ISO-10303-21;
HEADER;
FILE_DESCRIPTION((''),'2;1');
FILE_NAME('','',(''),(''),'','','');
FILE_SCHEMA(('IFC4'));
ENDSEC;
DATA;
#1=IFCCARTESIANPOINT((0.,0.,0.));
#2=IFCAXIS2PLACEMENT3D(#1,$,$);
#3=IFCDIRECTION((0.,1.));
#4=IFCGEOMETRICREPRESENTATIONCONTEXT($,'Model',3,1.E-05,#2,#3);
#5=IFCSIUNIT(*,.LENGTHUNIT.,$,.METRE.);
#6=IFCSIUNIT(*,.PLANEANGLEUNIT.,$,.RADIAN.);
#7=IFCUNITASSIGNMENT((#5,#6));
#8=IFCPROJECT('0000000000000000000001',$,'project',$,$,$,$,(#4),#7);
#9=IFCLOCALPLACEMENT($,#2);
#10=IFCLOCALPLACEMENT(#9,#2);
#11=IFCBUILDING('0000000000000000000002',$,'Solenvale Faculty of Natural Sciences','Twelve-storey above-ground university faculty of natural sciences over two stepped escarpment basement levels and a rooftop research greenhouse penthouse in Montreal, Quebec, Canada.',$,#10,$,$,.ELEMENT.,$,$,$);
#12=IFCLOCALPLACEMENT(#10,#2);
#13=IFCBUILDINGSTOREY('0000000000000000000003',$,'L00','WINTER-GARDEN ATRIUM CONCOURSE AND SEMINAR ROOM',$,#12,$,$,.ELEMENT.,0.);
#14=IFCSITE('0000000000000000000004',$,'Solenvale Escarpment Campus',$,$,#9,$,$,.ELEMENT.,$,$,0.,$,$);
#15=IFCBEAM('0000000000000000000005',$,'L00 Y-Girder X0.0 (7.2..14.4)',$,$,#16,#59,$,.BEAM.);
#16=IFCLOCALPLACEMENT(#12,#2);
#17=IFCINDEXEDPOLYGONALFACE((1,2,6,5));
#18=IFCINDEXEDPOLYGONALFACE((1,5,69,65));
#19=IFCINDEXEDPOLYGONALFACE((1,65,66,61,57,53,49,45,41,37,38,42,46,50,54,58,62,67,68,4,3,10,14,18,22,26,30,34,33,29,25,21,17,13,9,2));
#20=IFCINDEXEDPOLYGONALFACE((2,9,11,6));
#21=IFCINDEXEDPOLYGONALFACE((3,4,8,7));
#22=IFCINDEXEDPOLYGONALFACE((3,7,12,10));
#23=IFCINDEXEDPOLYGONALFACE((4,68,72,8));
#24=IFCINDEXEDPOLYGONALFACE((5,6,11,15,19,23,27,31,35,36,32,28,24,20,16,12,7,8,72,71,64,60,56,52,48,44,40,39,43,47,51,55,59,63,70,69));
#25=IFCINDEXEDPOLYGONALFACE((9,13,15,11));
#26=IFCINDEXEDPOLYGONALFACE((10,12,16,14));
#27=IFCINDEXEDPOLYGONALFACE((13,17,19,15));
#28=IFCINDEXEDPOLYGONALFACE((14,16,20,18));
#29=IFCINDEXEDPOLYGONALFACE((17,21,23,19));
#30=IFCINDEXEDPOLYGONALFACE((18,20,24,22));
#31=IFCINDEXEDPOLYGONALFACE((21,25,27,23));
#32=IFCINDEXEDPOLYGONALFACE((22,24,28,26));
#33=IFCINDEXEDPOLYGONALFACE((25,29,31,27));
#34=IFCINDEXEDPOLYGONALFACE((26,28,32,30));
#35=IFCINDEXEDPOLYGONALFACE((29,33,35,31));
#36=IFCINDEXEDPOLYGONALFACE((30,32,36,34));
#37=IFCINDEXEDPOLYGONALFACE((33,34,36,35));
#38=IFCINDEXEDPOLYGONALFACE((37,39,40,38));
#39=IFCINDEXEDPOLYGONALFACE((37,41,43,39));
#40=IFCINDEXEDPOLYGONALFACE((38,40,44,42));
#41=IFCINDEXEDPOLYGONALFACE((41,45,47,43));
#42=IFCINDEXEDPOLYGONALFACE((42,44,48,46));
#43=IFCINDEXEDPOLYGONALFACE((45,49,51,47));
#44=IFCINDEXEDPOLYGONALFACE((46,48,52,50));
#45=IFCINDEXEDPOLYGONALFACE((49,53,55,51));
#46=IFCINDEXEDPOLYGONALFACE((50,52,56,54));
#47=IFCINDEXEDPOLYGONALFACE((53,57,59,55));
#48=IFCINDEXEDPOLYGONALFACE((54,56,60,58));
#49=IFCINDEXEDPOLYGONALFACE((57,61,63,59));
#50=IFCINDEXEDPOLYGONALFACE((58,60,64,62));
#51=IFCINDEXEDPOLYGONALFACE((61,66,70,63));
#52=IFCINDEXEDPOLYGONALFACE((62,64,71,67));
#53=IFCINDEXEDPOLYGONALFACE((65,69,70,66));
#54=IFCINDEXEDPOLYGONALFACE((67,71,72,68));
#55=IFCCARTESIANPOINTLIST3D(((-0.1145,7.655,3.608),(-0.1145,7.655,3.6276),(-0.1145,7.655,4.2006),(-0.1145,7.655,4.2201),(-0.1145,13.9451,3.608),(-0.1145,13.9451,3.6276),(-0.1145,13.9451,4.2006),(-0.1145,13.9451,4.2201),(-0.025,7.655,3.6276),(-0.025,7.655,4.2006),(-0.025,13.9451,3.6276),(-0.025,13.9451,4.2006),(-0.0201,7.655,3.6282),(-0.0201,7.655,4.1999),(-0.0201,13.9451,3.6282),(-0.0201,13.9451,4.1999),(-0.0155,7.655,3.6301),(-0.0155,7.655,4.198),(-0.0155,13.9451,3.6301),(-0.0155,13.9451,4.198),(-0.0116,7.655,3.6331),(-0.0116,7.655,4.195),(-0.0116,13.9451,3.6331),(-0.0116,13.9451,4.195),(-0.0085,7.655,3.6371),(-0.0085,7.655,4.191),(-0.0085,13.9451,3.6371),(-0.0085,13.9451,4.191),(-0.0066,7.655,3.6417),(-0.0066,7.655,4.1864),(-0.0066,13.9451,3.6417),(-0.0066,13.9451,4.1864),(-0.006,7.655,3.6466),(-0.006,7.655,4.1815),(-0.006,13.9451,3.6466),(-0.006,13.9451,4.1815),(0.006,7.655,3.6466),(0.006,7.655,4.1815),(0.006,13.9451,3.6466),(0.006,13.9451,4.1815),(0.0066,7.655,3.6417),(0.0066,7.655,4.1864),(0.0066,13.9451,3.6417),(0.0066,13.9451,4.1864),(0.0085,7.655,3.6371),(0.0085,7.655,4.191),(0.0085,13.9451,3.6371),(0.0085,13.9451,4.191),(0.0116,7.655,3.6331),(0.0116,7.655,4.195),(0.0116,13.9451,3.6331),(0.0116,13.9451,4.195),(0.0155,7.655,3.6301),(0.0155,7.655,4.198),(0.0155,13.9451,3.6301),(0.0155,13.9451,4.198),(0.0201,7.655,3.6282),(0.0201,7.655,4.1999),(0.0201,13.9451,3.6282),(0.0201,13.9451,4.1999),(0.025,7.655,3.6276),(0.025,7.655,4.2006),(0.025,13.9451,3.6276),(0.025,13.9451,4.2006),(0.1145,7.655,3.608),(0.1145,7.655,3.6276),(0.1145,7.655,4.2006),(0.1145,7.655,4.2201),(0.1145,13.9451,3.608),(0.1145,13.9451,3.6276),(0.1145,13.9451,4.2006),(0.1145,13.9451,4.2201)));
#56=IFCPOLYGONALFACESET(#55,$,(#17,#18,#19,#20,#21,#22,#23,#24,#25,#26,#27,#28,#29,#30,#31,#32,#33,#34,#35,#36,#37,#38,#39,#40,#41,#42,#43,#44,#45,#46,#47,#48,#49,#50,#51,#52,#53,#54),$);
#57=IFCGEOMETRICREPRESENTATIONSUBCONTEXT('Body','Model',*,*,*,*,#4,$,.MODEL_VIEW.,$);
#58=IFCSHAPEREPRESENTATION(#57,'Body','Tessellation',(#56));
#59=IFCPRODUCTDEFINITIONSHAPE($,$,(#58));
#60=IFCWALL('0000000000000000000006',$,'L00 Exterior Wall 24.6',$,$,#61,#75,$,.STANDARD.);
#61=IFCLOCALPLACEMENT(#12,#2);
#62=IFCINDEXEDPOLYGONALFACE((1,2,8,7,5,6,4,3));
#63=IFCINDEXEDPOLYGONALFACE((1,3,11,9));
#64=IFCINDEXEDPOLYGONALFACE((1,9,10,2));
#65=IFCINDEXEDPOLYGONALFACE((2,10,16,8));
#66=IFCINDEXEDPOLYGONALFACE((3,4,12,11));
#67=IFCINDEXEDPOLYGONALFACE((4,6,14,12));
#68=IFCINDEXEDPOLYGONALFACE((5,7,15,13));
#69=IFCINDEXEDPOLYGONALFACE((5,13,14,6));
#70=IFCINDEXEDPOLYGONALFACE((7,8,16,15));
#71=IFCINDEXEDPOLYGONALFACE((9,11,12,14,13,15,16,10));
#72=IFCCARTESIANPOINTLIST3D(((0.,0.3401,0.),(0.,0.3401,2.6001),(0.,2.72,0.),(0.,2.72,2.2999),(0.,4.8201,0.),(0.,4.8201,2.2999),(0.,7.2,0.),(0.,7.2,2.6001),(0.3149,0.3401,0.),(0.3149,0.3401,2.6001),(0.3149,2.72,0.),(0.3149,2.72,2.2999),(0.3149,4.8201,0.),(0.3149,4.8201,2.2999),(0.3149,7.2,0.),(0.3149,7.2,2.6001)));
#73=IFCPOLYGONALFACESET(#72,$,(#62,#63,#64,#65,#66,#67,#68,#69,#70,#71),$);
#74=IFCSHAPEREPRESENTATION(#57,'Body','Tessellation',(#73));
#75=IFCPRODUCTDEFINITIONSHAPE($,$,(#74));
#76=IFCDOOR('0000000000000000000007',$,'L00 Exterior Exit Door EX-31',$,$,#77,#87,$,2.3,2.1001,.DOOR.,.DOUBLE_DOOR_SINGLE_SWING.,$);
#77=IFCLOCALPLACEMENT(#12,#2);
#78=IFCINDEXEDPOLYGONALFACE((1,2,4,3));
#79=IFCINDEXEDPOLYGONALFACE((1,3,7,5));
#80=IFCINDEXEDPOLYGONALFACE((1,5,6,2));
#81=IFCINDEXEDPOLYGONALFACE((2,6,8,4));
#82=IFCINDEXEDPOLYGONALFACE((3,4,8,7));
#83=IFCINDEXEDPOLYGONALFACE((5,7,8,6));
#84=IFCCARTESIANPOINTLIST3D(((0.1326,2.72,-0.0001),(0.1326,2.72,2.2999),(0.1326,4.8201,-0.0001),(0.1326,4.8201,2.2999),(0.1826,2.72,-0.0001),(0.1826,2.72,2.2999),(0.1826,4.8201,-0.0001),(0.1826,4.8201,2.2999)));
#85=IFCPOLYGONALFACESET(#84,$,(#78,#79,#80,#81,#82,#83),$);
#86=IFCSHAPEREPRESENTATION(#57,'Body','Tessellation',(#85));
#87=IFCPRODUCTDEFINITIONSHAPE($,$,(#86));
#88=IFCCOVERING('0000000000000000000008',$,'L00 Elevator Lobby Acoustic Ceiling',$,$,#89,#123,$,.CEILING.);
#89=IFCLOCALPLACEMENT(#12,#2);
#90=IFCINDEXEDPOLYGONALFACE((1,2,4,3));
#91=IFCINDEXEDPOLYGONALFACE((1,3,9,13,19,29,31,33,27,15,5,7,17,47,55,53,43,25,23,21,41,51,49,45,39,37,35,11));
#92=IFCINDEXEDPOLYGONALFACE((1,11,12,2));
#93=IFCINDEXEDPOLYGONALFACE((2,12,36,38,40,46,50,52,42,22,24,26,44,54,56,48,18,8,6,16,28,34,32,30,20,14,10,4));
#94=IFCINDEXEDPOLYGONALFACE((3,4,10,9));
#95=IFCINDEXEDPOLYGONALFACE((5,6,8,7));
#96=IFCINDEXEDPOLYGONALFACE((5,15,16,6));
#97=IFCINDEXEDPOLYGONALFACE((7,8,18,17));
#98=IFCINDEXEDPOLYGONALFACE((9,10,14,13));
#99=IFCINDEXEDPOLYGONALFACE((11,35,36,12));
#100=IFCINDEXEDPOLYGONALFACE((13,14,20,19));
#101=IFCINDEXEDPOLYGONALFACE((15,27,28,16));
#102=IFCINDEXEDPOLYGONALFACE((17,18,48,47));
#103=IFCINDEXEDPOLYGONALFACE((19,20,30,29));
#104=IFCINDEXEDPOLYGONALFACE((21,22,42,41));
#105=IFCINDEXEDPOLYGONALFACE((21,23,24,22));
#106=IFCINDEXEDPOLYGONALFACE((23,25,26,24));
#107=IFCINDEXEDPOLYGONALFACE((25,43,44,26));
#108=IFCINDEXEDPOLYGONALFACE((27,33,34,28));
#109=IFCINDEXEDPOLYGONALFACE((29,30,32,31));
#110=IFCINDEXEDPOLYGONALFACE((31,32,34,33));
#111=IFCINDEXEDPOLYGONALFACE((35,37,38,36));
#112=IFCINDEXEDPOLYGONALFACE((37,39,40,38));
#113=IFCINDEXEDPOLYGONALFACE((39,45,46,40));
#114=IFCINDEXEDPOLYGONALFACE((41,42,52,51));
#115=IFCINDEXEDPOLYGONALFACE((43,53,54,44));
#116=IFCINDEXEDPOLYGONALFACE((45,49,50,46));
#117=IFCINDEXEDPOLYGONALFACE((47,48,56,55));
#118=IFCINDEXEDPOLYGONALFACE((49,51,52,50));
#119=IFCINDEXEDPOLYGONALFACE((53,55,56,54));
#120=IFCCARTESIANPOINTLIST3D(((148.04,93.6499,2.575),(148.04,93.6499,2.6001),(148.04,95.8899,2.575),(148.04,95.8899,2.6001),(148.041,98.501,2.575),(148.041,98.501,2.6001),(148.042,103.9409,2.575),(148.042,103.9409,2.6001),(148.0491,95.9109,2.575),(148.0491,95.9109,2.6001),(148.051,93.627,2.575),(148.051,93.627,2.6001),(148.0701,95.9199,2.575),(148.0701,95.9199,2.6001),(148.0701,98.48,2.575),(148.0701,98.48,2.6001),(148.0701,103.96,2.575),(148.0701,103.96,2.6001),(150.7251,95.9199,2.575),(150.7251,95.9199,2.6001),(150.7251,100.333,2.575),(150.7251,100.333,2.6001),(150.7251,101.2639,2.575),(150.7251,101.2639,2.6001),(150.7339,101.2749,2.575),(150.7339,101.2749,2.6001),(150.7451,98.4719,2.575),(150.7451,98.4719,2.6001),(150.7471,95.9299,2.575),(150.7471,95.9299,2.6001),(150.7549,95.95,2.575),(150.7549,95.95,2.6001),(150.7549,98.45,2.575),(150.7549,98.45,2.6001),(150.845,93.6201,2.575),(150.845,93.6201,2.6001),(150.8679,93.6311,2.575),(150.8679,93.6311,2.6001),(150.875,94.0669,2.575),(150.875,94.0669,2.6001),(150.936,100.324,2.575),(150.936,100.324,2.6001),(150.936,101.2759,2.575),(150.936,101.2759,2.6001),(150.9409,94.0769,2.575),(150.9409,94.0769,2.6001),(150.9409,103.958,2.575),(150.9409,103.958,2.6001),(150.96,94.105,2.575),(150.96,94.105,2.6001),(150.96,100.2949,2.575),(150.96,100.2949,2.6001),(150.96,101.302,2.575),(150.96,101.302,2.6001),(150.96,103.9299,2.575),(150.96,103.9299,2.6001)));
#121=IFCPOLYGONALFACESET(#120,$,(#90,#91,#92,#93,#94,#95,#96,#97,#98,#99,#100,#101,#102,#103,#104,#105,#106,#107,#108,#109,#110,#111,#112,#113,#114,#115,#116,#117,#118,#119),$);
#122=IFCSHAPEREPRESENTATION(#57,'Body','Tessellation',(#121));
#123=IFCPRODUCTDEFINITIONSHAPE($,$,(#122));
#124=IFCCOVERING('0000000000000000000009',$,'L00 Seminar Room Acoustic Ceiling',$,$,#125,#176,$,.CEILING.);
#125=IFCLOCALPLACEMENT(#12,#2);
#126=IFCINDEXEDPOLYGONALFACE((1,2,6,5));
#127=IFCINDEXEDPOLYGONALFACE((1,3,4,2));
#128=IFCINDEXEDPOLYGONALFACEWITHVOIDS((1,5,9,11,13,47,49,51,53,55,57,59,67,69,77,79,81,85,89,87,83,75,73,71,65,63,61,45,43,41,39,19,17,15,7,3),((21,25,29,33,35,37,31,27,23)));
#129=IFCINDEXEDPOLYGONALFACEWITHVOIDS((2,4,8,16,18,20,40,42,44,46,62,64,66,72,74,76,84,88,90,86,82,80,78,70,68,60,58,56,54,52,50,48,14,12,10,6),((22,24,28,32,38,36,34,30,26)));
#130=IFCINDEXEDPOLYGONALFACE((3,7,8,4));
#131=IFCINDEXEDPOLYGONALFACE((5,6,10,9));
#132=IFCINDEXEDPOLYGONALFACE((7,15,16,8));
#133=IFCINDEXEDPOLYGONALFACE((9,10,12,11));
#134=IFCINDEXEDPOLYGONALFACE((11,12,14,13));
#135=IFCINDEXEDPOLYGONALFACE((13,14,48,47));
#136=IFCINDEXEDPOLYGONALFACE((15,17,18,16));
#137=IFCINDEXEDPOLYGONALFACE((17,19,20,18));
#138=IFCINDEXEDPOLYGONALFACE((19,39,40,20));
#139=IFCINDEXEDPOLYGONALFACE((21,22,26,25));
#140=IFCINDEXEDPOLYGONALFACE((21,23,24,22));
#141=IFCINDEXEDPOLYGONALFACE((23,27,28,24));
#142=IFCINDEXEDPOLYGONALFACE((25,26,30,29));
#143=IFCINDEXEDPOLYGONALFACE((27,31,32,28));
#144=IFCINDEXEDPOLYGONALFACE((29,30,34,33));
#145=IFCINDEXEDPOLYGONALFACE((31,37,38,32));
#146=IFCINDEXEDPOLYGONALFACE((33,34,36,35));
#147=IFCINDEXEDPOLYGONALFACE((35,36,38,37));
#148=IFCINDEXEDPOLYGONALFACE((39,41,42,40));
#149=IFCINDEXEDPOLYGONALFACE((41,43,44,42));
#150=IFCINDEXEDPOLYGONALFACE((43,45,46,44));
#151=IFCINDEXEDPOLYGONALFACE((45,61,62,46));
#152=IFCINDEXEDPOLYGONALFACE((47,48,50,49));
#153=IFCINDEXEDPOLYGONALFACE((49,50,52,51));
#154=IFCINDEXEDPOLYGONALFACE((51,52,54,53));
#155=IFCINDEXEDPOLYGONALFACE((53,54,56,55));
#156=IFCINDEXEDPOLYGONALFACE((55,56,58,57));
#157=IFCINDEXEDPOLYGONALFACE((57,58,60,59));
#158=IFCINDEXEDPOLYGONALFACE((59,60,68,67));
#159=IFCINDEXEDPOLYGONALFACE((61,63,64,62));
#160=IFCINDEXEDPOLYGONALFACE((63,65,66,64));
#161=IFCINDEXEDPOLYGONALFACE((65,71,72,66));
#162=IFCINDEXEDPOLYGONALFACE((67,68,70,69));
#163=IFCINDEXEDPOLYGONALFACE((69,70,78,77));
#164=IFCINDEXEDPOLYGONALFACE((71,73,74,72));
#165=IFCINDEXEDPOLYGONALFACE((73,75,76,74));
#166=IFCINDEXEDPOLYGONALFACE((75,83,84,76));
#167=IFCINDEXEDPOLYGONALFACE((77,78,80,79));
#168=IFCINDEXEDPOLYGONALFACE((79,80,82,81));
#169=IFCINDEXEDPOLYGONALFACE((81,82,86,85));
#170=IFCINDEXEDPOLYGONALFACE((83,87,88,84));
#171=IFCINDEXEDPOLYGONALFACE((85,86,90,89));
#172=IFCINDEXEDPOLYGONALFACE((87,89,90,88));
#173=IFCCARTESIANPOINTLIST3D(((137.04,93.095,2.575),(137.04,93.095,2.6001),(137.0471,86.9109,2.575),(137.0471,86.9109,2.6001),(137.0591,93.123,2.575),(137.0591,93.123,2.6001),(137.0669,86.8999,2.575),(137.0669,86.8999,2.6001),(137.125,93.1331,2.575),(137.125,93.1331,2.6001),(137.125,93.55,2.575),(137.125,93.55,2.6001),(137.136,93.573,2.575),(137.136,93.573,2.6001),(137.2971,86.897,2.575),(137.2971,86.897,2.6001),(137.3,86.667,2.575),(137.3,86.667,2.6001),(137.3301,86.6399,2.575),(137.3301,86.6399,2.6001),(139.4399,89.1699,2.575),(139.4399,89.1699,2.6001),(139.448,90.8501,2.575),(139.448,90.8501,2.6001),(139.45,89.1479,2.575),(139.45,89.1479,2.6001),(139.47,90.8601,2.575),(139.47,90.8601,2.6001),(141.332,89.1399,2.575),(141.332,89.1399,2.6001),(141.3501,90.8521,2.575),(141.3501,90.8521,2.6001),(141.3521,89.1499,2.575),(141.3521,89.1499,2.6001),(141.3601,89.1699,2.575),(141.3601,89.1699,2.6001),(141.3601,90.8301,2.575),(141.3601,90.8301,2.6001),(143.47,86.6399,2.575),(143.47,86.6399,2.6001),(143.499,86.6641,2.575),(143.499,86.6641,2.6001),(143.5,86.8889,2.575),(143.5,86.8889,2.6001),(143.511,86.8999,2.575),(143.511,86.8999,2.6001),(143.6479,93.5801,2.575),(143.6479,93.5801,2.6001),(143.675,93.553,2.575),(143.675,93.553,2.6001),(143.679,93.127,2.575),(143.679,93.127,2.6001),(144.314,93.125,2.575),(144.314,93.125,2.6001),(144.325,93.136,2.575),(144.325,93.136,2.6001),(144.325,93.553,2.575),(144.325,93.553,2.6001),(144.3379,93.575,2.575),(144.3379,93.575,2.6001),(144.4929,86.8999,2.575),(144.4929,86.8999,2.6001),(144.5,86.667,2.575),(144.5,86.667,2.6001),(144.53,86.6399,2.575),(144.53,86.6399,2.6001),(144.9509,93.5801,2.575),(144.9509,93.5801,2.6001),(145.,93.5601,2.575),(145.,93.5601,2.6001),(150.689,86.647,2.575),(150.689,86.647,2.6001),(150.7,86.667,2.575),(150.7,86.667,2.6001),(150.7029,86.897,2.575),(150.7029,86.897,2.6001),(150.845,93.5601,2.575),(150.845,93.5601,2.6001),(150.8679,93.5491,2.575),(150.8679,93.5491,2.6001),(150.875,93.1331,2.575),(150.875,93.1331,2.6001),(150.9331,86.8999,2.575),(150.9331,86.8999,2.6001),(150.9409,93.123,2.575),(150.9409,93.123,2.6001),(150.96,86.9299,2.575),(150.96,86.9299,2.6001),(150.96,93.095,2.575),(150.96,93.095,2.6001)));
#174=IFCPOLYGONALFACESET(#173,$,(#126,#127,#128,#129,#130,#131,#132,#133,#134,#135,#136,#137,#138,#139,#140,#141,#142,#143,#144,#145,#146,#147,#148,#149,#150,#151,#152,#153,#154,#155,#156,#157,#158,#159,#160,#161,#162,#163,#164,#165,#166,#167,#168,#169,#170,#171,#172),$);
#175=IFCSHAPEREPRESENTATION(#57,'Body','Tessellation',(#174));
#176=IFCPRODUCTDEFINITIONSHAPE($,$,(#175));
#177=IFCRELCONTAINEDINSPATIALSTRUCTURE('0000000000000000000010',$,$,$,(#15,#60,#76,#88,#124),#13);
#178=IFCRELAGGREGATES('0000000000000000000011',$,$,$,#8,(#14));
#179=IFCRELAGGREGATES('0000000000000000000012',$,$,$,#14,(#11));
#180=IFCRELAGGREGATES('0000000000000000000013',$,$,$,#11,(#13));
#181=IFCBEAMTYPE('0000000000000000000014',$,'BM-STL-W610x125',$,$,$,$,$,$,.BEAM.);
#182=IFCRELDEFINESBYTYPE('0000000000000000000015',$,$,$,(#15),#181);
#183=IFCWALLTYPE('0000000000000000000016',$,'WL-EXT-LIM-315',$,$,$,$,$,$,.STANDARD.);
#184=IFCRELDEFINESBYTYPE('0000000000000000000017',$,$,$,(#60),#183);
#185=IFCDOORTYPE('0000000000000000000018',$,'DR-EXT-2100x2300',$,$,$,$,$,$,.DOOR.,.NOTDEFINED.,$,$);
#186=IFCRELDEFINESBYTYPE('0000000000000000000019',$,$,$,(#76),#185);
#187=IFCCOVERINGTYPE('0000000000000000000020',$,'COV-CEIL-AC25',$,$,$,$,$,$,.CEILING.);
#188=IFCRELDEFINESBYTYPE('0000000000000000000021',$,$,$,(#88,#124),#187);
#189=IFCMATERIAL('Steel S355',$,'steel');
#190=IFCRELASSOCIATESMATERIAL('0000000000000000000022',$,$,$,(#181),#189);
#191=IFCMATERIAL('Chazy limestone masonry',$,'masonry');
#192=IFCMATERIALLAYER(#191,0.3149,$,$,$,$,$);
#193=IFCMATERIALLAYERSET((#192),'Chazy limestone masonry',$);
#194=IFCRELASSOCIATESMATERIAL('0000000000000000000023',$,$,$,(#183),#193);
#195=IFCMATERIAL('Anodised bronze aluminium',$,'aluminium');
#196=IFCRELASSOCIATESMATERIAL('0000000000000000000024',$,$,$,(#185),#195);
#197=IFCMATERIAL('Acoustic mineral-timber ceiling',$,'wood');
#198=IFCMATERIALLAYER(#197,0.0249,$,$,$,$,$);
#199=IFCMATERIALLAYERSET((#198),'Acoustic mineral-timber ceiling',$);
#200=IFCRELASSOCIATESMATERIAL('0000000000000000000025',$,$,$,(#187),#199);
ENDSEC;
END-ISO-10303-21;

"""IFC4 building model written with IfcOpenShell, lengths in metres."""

from ifc_helpers import new_model, si_unit, direction, frame, frame_2d, origin, origin_2d, place, context, subcontext, project, spatial, polyline, rectangle, i_section, outline, extrude, material, layer, layer_set, material_profile, profile_set, type_object, element, fill, save


model = new_model("IFC4")

# Units and contexts
model_context = context("Model", 3, precision=1e-05, world=origin(), true_north=direction((0.0, 1.0)))
body_context = subcontext(model_context, "Body", "Model", "MODEL_VIEW")
ifc_project = project(units=[si_unit("LENGTHUNIT", "METRE"), si_unit("PLANEANGLEUNIT", "RADIAN")], contexts=[model_context])

# Site, building, storey
site_placement = place(None, origin())
site = spatial("IfcSite", under=ifc_project, at=site_placement, Name="Solenvale Escarpment Campus", CompositionType="ELEMENT", RefElevation=0.0)
building_placement = place(site_placement, origin())
building = spatial("IfcBuilding", under=site, at=building_placement, Name="Solenvale Faculty of Natural Sciences", Description="Twelve-storey above-ground university faculty of natural sciences over two stepped escarpment basement levels and a rooftop research greenhouse penthouse in Montreal, Quebec, Canada.", CompositionType="ELEMENT")
storey_placement = place(building_placement, origin())
storey = spatial("IfcBuildingStorey", under=building, at=storey_placement, Name="L00", Description="WINTER-GARDEN ATRIUM CONCOURSE AND SEMINAR ROOM", CompositionType="ELEMENT", Elevation=0.0)

# Beam
ifc_material_1 = material(Name="Steel S355", Category="steel")
ifc_material_profile_1 = material_profile(ifc_material_1, i_section(OverallWidth=0.229, OverallDepth=0.6121, WebThickness=0.012, FlangeThickness=0.0195, FilletRadius=0.019, at=origin_2d()), Name="W610x125")
ifc_profile_set_1 = profile_set([ifc_material_profile_1], Name="Steel S355")
beam_type_1 = type_object("IfcBeamType", Name="BM-STL-W610x125", PredefinedType="BEAM", material=ifc_profile_set_1)
for number, where, z_axis, x_axis, name in (
    (1, (0.0, 7.655, 3.9141), (0.0, 1.0, 0.0), (-1.0, 0.0, 0.0), "L00 Y-Girder X0.0 (7.2..14.4)"),
):
    element("IfcBeam", number, at=place(storey_placement, frame(where, z_axis=z_axis, x_axis=x_axis)), inside=storey, type_object=beam_type_1, Name=name, PredefinedType="BEAM", context=body_context, shape_type="SweptSolid", body=[
        extrude(i_section(OverallWidth=0.229, OverallDepth=0.6121, WebThickness=0.012, FlangeThickness=0.0195, FilletRadius=0.019, at=origin_2d()), origin(), (0.0, 0.0, 1.0), 6.29),
    ])

# Wall, opening, door
ifc_material_2 = material(Name="Chazy limestone masonry", Category="masonry")
ifc_layer_1 = layer(ifc_material_2, 0.3149)
ifc_layer_set_1 = layer_set([ifc_layer_1], Name="Chazy limestone masonry")
wall_type = type_object("IfcWallType", Name="WL-EXT-LIM-315", PredefinedType="STANDARD", material=ifc_layer_set_1)
wall_placement = place(storey_placement, frame((0.1575, 0.3401, 0.0), z_axis=(0.0, 0.0, 1.0), x_axis=(0.0, 1.0, 0.0)))
wall = element("IfcWall", 2, at=wall_placement, inside=storey, type_object=wall_type, Name="L00 Exterior Wall 24.6", PredefinedType="STANDARD", context=body_context, shape_type="SweptSolid", body=[
    extrude(rectangle(XDim=6.8599, YDim=0.3149, at=frame_2d((3.4299, 0.0))), origin(), (0.0, 0.0, 1.0), 2.6001),
])
opening_placement = place(wall_placement, frame((2.3799, 0.0, 0.0)))
opening = element("IfcOpeningElement", 3, at=opening_placement, cuts=wall, PredefinedType="OPENING", context=body_context, shape_type="SweptSolid", body=[
    extrude(rectangle(XDim=2.1001, YDim=2.3, at=frame_2d((1.05, 1.1499))), frame((0.0, 0.1675, 0.0), z_axis=(0.0, -1.0, 0.0), x_axis=(1.0, 0.0, 0.0)), (0.0, 0.0, 1.0), 0.335),
])
ifc_material_3 = material(Name="Anodised bronze aluminium", Category="aluminium")
door_type = type_object("IfcDoorType", Name="DR-EXT-2100x2300", OperationType="NOTDEFINED", PredefinedType="DOOR", material=ifc_material_3)
door_placement = place(opening_placement, origin())
door = element("IfcDoor", 4, at=door_placement, inside=storey, type_object=door_type, Name="L00 Exterior Exit Door EX-31", OperationType="DOUBLE_DOOR_SINGLE_SWING", OverallHeight=2.3, OverallWidth=2.1001, PredefinedType="DOOR", context=body_context, shape_type="SweptSolid", body=[
    extrude(rectangle(XDim=2.1001, YDim=2.3, at=frame_2d((1.05, 1.1499))), frame((0.0, 0.0249, 0.0), z_axis=(0.0, -1.0, 0.0), x_axis=(1.0, 0.0, 0.0)), (0.0, 0.0, 1.0), 0.05),
])
fill(opening, door)

# Coverings
ifc_material_4 = material(Name="Acoustic mineral-timber ceiling", Category="wood")
ifc_layer_2 = layer(ifc_material_4, 0.0249)
ifc_layer_set_2 = layer_set([ifc_layer_2], Name="Acoustic mineral-timber ceiling")
covering_type_1 = type_object("IfcCoveringType", Name="COV-CEIL-AC25", PredefinedType="CEILING", material=ifc_layer_set_2)
covering_1_placement = place(storey_placement, frame((0.0, 0.0, 2.575)))
element("IfcCovering", 5, at=covering_1_placement, inside=storey, type_object=covering_type_1, Name="L00 Elevator Lobby Acoustic Ceiling", PredefinedType="CEILING", context=body_context, shape_type="SweptSolid", body=[
    extrude(outline(polyline([(148.04, 95.8899), (148.0491, 95.9109), (148.0701, 95.9199), (150.7251, 95.9199), (150.7471, 95.9299), (150.7549, 95.95), (150.7549, 98.45), (150.7451, 98.4719), (148.0701, 98.48), (148.041, 98.501), (148.042, 103.9409), (148.0701, 103.96), (150.9409, 103.958), (150.96, 103.9299), (150.96, 101.302), (150.936, 101.2759), (150.7339, 101.2749), (150.7251, 101.2639), (150.7251, 100.333), (150.936, 100.324), (150.96, 100.2949), (150.96, 94.105), (150.9409, 94.0769), (150.875, 94.0669), (150.8679, 93.6311), (150.845, 93.6201), (148.051, 93.627), (148.04, 93.6499), (148.04, 95.8899)])), origin(), (0.0, 0.0, 1.0), 0.0251),
])
covering_2_placement = place(storey_placement, frame((0.0, 0.0, 2.575)))
element("IfcCovering", 6, at=covering_2_placement, inside=storey, type_object=covering_type_1, Name="L00 Seminar Room Acoustic Ceiling", PredefinedType="CEILING", context=body_context, shape_type="SweptSolid", body=[
    extrude(outline(polyline([(144.9509, 93.5801), (145.0, 93.5601), (150.845, 93.5601), (150.8679, 93.5491), (150.875, 93.1331), (150.9409, 93.123), (150.96, 93.095), (150.96, 86.9299), (150.9331, 86.8999), (150.7029, 86.897), (150.7, 86.667), (150.689, 86.647), (144.53, 86.6399), (144.5, 86.667), (144.4929, 86.8999), (143.511, 86.8999), (143.5, 86.8889), (143.499, 86.6641), (143.47, 86.6399), (137.3301, 86.6399), (137.3, 86.667), (137.2971, 86.897), (137.0669, 86.8999), (137.0471, 86.9109), (137.04, 93.095), (137.0591, 93.123), (137.125, 93.1331), (137.125, 93.55), (137.136, 93.573), (143.6479, 93.5801), (143.675, 93.553), (143.679, 93.127), (144.314, 93.125), (144.325, 93.136), (144.325, 93.553), (144.3379, 93.575), (144.9509, 93.5801)]), holes=[polyline([(141.332, 89.1399), (141.3521, 89.1499), (141.3601, 89.1699), (141.3601, 90.8301), (141.3501, 90.8521), (139.47, 90.8601), (139.448, 90.8501), (139.4399, 89.1699), (139.45, 89.1479), (141.332, 89.1399)])]), origin(), (0.0, 0.0, 1.0), 0.0251),
])

save(model, "model.ifc")
